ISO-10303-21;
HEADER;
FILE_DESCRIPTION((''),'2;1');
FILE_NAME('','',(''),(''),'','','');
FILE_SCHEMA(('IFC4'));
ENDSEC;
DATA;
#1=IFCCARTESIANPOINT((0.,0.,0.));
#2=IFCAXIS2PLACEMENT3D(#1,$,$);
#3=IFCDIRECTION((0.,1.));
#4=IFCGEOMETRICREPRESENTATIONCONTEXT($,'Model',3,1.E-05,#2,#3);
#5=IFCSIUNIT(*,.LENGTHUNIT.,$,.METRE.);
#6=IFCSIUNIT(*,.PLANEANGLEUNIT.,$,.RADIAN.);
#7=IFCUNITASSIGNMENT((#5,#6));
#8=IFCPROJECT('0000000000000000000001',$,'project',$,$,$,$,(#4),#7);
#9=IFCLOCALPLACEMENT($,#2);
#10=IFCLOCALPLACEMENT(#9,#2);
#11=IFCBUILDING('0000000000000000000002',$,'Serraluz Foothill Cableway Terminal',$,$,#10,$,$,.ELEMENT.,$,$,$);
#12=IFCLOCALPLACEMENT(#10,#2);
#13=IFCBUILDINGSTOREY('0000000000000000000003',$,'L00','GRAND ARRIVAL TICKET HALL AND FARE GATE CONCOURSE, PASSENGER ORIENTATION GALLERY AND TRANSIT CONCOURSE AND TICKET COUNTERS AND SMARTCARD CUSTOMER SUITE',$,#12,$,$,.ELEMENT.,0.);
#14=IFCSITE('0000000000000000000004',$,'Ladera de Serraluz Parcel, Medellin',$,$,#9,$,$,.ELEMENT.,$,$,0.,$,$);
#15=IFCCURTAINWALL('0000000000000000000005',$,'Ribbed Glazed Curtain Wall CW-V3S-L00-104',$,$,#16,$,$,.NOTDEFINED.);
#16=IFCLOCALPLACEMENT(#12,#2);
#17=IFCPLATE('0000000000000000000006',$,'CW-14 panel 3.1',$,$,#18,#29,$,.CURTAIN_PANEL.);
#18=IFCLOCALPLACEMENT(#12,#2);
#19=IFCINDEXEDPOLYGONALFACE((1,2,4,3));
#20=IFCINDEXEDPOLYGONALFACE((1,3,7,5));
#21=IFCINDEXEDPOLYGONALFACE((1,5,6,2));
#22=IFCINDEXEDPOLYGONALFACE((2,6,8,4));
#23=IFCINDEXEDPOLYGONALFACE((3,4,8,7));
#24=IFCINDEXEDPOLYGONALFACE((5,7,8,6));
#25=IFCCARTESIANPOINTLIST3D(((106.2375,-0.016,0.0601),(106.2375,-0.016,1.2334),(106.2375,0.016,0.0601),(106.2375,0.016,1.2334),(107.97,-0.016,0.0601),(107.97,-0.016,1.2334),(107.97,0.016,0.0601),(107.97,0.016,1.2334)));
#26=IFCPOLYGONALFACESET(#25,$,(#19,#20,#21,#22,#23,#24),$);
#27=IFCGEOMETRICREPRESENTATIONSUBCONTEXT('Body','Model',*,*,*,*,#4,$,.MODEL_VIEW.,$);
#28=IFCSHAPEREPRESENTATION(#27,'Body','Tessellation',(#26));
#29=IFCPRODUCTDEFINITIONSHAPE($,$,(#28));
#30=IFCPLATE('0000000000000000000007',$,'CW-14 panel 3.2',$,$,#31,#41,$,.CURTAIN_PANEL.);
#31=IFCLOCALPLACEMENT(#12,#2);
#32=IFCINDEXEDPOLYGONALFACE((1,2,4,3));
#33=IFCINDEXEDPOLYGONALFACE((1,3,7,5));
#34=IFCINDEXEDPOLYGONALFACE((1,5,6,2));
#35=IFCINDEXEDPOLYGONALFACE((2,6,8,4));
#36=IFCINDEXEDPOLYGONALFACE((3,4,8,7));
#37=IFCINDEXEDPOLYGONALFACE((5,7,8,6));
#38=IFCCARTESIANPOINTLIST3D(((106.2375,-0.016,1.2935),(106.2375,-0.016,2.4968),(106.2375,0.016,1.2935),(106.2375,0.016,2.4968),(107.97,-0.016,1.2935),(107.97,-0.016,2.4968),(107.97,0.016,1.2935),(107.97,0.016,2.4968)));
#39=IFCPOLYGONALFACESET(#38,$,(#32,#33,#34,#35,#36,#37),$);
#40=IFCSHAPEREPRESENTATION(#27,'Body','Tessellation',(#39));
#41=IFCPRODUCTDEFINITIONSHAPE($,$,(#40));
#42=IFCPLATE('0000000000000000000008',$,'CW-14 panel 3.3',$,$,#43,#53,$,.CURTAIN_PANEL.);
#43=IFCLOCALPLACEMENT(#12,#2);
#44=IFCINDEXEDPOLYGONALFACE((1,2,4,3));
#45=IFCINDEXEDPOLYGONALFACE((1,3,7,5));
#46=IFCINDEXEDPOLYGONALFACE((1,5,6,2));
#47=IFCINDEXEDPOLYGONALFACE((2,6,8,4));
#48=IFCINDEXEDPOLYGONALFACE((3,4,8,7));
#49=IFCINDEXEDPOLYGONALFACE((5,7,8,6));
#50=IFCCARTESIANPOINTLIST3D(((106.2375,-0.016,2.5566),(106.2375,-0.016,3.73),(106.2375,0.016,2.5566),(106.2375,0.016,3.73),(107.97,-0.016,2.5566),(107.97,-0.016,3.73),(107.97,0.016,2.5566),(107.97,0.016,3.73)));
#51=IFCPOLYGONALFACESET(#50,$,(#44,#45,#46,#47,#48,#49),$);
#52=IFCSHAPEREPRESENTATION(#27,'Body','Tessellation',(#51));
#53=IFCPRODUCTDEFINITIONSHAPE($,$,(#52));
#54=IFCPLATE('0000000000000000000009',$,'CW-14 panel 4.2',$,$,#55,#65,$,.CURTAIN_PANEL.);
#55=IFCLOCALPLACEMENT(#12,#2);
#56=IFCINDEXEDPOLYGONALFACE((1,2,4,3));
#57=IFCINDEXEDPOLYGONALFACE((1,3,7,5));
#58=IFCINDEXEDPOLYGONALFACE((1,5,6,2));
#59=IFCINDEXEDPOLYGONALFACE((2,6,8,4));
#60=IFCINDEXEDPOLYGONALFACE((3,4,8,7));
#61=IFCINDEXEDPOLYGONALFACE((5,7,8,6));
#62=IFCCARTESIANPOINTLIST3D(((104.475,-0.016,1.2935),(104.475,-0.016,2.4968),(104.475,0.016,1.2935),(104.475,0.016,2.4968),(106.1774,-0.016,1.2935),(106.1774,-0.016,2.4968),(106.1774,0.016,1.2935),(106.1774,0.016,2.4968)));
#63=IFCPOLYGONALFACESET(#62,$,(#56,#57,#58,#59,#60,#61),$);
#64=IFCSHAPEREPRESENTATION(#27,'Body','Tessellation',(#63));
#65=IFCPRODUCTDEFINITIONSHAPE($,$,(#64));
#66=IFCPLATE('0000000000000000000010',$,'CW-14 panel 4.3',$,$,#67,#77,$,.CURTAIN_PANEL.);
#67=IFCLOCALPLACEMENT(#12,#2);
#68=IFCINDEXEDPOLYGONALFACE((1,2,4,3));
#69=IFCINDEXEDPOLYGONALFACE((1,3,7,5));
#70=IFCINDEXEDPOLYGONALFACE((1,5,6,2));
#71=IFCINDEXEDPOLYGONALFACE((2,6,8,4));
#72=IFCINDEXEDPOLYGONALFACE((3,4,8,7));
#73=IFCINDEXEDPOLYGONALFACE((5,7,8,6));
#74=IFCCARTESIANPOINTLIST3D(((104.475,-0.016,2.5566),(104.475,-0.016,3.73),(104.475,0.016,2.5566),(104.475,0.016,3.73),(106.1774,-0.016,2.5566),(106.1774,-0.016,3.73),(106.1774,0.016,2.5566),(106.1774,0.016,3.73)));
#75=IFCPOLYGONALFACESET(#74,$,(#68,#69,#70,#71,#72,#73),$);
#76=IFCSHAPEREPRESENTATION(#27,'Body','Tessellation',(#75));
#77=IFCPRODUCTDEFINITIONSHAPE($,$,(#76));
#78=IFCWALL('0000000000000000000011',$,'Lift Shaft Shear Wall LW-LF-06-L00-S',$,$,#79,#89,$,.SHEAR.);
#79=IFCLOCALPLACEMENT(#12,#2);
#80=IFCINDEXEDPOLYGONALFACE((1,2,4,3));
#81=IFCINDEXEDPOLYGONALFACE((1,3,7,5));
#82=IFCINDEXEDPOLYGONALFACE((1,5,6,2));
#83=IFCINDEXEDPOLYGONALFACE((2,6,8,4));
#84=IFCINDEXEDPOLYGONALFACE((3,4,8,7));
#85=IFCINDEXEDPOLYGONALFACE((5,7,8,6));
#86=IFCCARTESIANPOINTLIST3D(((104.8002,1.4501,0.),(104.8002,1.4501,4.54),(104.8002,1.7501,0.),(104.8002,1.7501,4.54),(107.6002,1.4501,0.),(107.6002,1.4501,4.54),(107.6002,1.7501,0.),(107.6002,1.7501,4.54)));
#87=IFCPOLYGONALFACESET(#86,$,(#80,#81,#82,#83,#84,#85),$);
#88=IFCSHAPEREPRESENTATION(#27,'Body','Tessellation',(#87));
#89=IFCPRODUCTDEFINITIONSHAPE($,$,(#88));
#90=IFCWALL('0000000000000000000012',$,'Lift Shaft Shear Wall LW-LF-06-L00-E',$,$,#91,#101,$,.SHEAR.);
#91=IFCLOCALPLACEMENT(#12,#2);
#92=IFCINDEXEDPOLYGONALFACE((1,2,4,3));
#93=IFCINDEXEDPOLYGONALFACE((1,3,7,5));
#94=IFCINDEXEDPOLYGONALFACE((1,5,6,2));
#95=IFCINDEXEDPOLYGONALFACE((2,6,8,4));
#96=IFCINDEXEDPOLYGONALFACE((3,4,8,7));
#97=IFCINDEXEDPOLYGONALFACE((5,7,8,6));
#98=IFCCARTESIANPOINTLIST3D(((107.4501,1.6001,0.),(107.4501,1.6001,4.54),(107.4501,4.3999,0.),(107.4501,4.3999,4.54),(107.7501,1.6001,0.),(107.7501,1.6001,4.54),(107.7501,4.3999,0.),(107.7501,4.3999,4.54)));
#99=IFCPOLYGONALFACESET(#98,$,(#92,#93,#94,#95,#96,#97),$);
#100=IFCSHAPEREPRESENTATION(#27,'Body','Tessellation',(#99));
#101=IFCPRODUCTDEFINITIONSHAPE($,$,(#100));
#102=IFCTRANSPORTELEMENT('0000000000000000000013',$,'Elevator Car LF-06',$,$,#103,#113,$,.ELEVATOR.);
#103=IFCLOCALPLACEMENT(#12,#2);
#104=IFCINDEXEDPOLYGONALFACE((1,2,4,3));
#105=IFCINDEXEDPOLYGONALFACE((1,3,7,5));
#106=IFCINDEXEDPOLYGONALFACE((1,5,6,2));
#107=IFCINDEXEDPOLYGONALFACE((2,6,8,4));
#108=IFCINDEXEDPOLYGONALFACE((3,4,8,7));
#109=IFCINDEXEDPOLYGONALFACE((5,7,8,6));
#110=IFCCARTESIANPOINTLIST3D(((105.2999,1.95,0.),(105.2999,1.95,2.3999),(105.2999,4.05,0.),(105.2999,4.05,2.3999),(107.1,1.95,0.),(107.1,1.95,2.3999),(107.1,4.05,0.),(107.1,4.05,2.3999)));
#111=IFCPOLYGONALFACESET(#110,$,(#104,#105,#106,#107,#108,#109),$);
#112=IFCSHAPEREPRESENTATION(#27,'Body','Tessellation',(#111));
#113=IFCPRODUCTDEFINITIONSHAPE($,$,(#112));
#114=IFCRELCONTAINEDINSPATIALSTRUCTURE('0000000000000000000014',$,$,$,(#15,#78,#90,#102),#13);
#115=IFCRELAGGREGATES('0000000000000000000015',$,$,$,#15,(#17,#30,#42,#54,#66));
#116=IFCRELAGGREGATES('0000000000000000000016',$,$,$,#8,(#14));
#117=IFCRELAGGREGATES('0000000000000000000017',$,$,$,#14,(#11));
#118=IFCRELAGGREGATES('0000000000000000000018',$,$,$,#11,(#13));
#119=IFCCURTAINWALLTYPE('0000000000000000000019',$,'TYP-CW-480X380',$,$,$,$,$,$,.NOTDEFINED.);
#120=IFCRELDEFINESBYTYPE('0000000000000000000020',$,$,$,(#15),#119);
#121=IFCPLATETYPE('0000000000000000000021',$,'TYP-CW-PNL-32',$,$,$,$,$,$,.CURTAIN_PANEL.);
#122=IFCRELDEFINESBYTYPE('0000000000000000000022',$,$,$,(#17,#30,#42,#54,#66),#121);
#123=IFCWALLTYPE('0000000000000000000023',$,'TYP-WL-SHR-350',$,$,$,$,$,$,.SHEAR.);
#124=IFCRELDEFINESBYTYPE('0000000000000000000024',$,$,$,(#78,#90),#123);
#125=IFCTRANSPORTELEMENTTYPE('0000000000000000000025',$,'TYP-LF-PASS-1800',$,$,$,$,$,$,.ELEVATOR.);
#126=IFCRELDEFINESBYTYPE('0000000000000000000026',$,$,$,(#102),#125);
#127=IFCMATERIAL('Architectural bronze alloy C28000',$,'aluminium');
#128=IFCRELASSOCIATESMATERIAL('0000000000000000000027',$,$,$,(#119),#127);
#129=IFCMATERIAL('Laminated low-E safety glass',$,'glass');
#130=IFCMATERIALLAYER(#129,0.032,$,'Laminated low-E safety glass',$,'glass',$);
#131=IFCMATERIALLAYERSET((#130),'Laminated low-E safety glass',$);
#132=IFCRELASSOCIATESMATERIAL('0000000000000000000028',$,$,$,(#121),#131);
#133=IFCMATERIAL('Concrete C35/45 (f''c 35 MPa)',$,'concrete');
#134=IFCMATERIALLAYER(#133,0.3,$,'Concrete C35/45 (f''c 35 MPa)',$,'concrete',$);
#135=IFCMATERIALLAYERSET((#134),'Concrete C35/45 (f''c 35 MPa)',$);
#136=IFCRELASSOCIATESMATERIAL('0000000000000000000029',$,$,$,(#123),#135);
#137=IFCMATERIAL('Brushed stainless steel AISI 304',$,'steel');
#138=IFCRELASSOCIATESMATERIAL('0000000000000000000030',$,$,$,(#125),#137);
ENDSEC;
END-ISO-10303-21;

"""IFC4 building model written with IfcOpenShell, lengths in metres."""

from ifc_helpers import new_model, si_unit, direction, frame, frame_2d, origin, origin_2d, place, context, subcontext, project, spatial, rectangle, extrude, material, layer, layer_set, type_object, element, aggregate, save


model = new_model("IFC4")

# Units and contexts
model_context = context("Model", 3, precision=1e-05, world=origin(), true_north=direction((0.0, 1.0)))
body_context = subcontext(model_context, "Body", "Model", "MODEL_VIEW")
ifc_project = project(units=[si_unit("LENGTHUNIT", "METRE"), si_unit("PLANEANGLEUNIT", "RADIAN")], contexts=[model_context])

# Site, building, storey
site_placement = place(None, origin())
site = spatial("IfcSite", under=ifc_project, at=site_placement, Name="Ladera de Serraluz Parcel, Medellin", CompositionType="ELEMENT", RefElevation=0.0)
building_placement = place(site_placement, origin())
building = spatial("IfcBuilding", under=site, at=building_placement, Name="Serraluz Foothill Cableway Terminal", CompositionType="ELEMENT")
storey_placement = place(building_placement, origin())
storey = spatial("IfcBuildingStorey", under=building, at=storey_placement, Name="L00", Description="GRAND ARRIVAL TICKET HALL AND FARE GATE CONCOURSE, PASSENGER ORIENTATION GALLERY AND TRANSIT CONCOURSE AND TICKET COUNTERS AND SMARTCARD CUSTOMER SUITE", CompositionType="ELEMENT", Elevation=0.0)

# Shared definitions
ifc_material_1 = material(Name="Concrete C35/45 (f'c 35 MPa)", Category="concrete")

# Curtain wall, plates
ifc_material_2 = material(Name="Architectural bronze alloy C28000", Category="aluminium")
curtain_wall_type = type_object("IfcCurtainWallType", Name="TYP-CW-480X380", PredefinedType="NOTDEFINED", material=ifc_material_2)
curtain_wall_placement = place(storey_placement, origin())
curtain_wall = element("IfcCurtainWall", 1, at=curtain_wall_placement, inside=storey, type_object=curtain_wall_type, Name="Ribbed Glazed Curtain Wall CW-V3S-L00-104", PredefinedType="NOTDEFINED")
ifc_material_3 = material(Name="Laminated low-E safety glass", Category="glass")
ifc_layer_1 = layer(ifc_material_3, 0.032, Name="Laminated low-E safety glass", Category="glass")
ifc_layer_set_1 = layer_set([ifc_layer_1], Name="Laminated low-E safety glass")
plate_type = type_object("IfcPlateType", Name="TYP-CW-PNL-32", PredefinedType="CURTAIN_PANEL", material=ifc_layer_set_1)
plate_1_placement = place(storey_placement, frame((107.1038, 0.0, 0.0601), z_axis=(0.0, 0.0, 1.0), x_axis=(-1.0, 0.0, 0.0)))
plate_1 = element("IfcPlate", 2, at=plate_1_placement, type_object=plate_type, Name="CW-14 panel 3.1", PredefinedType="CURTAIN_PANEL", context=body_context, shape_type="SweptSolid", body=[
    extrude(rectangle(XDim=1.7324, YDim=0.032, at=origin_2d()), origin(), (0.0, 0.0, 1.0), 1.1733),
])
plate_2_placement = place(storey_placement, frame((107.1038, 0.0, 1.2935), z_axis=(0.0, 0.0, 1.0), x_axis=(-1.0, 0.0, 0.0)))
plate_2 = element("IfcPlate", 3, at=plate_2_placement, type_object=plate_type, Name="CW-14 panel 3.2", PredefinedType="CURTAIN_PANEL", context=body_context, shape_type="SweptSolid", body=[
    extrude(rectangle(XDim=1.7324, YDim=0.032, at=origin_2d()), origin(), (0.0, 0.0, 1.0), 1.2034),
])
plate_3_placement = place(storey_placement, frame((107.1038, 0.0, 2.5566), z_axis=(0.0, 0.0, 1.0), x_axis=(-1.0, 0.0, 0.0)))
plate_3 = element("IfcPlate", 4, at=plate_3_placement, type_object=plate_type, Name="CW-14 panel 3.3", PredefinedType="CURTAIN_PANEL", context=body_context, shape_type="SweptSolid", body=[
    extrude(rectangle(XDim=1.7324, YDim=0.032, at=origin_2d()), origin(), (0.0, 0.0, 1.0), 1.1733),
])
plate_4_placement = place(storey_placement, frame((105.3262, 0.0, 1.2935), z_axis=(0.0, 0.0, 1.0), x_axis=(-1.0, 0.0, 0.0)))
plate_4 = element("IfcPlate", 5, at=plate_4_placement, type_object=plate_type, Name="CW-14 panel 4.2", PredefinedType="CURTAIN_PANEL", context=body_context, shape_type="SweptSolid", body=[
    extrude(rectangle(XDim=1.7024, YDim=0.032, at=origin_2d()), origin(), (0.0, 0.0, 1.0), 1.2034),
])
plate_5_placement = place(storey_placement, frame((105.3262, 0.0, 2.5566), z_axis=(0.0, 0.0, 1.0), x_axis=(-1.0, 0.0, 0.0)))
plate_5 = element("IfcPlate", 6, at=plate_5_placement, type_object=plate_type, Name="CW-14 panel 4.3", PredefinedType="CURTAIN_PANEL", context=body_context, shape_type="SweptSolid", body=[
    extrude(rectangle(XDim=1.7024, YDim=0.032, at=origin_2d()), origin(), (0.0, 0.0, 1.0), 1.1733),
])
aggregate(curtain_wall, [plate_1, plate_2, plate_3, plate_4, plate_5])

# Walls
ifc_layer_2 = layer(ifc_material_1, 0.3, Name="Concrete C35/45 (f'c 35 MPa)", Category="concrete")
ifc_layer_set_2 = layer_set([ifc_layer_2], Name="Concrete C35/45 (f'c 35 MPa)")
wall_type = type_object("IfcWallType", Name="TYP-WL-SHR-350", PredefinedType="SHEAR", material=ifc_layer_set_2)
wall_1_placement = place(storey_placement, frame((107.6001, 1.6001, 0.0), z_axis=(0.0, 0.0, 1.0), x_axis=(-1.0, 0.0, 0.0)))
element("IfcWall", 7, at=wall_1_placement, inside=storey, type_object=wall_type, Name="Lift Shaft Shear Wall LW-LF-06-L00-S", PredefinedType="SHEAR", context=body_context, shape_type="SweptSolid", body=[
    extrude(rectangle(XDim=2.8, YDim=0.3, at=frame_2d((1.3999, 0.0))), origin(), (0.0, 0.0, 1.0), 4.54),
])
wall_2_placement = place(storey_placement, frame((107.6001, 4.3999, 0.0), z_axis=(0.0, 0.0, 1.0), x_axis=(0.0, -1.0, 0.0)))
element("IfcWall", 8, at=wall_2_placement, inside=storey, type_object=wall_type, Name="Lift Shaft Shear Wall LW-LF-06-L00-E", PredefinedType="SHEAR", context=body_context, shape_type="SweptSolid", body=[
    extrude(rectangle(XDim=2.7998, YDim=0.3, at=frame_2d((1.3999, 0.0))), origin(), (0.0, 0.0, 1.0), 4.54),
])

# Transport element
ifc_material_4 = material(Name="Brushed stainless steel AISI 304", Category="steel")
transport_element_type = type_object("IfcTransportElementType", Name="TYP-LF-PASS-1800", PredefinedType="ELEVATOR", material=ifc_material_4)
transport_element_placement = place(storey_placement, frame((106.2, 3.0, 0.0), z_axis=(0.0, 0.0, 1.0), x_axis=(1.0, 0.0, 0.0)))
element("IfcTransportElement", 9, at=transport_element_placement, inside=storey, type_object=transport_element_type, Name="Elevator Car LF-06", PredefinedType="ELEVATOR", context=body_context, shape_type="SweptSolid", body=[
    extrude(rectangle(XDim=1.8, YDim=2.1001, at=origin_2d()), origin(), (0.0, 0.0, 1.0), 2.3999),
])

save(model, "model.ifc")
